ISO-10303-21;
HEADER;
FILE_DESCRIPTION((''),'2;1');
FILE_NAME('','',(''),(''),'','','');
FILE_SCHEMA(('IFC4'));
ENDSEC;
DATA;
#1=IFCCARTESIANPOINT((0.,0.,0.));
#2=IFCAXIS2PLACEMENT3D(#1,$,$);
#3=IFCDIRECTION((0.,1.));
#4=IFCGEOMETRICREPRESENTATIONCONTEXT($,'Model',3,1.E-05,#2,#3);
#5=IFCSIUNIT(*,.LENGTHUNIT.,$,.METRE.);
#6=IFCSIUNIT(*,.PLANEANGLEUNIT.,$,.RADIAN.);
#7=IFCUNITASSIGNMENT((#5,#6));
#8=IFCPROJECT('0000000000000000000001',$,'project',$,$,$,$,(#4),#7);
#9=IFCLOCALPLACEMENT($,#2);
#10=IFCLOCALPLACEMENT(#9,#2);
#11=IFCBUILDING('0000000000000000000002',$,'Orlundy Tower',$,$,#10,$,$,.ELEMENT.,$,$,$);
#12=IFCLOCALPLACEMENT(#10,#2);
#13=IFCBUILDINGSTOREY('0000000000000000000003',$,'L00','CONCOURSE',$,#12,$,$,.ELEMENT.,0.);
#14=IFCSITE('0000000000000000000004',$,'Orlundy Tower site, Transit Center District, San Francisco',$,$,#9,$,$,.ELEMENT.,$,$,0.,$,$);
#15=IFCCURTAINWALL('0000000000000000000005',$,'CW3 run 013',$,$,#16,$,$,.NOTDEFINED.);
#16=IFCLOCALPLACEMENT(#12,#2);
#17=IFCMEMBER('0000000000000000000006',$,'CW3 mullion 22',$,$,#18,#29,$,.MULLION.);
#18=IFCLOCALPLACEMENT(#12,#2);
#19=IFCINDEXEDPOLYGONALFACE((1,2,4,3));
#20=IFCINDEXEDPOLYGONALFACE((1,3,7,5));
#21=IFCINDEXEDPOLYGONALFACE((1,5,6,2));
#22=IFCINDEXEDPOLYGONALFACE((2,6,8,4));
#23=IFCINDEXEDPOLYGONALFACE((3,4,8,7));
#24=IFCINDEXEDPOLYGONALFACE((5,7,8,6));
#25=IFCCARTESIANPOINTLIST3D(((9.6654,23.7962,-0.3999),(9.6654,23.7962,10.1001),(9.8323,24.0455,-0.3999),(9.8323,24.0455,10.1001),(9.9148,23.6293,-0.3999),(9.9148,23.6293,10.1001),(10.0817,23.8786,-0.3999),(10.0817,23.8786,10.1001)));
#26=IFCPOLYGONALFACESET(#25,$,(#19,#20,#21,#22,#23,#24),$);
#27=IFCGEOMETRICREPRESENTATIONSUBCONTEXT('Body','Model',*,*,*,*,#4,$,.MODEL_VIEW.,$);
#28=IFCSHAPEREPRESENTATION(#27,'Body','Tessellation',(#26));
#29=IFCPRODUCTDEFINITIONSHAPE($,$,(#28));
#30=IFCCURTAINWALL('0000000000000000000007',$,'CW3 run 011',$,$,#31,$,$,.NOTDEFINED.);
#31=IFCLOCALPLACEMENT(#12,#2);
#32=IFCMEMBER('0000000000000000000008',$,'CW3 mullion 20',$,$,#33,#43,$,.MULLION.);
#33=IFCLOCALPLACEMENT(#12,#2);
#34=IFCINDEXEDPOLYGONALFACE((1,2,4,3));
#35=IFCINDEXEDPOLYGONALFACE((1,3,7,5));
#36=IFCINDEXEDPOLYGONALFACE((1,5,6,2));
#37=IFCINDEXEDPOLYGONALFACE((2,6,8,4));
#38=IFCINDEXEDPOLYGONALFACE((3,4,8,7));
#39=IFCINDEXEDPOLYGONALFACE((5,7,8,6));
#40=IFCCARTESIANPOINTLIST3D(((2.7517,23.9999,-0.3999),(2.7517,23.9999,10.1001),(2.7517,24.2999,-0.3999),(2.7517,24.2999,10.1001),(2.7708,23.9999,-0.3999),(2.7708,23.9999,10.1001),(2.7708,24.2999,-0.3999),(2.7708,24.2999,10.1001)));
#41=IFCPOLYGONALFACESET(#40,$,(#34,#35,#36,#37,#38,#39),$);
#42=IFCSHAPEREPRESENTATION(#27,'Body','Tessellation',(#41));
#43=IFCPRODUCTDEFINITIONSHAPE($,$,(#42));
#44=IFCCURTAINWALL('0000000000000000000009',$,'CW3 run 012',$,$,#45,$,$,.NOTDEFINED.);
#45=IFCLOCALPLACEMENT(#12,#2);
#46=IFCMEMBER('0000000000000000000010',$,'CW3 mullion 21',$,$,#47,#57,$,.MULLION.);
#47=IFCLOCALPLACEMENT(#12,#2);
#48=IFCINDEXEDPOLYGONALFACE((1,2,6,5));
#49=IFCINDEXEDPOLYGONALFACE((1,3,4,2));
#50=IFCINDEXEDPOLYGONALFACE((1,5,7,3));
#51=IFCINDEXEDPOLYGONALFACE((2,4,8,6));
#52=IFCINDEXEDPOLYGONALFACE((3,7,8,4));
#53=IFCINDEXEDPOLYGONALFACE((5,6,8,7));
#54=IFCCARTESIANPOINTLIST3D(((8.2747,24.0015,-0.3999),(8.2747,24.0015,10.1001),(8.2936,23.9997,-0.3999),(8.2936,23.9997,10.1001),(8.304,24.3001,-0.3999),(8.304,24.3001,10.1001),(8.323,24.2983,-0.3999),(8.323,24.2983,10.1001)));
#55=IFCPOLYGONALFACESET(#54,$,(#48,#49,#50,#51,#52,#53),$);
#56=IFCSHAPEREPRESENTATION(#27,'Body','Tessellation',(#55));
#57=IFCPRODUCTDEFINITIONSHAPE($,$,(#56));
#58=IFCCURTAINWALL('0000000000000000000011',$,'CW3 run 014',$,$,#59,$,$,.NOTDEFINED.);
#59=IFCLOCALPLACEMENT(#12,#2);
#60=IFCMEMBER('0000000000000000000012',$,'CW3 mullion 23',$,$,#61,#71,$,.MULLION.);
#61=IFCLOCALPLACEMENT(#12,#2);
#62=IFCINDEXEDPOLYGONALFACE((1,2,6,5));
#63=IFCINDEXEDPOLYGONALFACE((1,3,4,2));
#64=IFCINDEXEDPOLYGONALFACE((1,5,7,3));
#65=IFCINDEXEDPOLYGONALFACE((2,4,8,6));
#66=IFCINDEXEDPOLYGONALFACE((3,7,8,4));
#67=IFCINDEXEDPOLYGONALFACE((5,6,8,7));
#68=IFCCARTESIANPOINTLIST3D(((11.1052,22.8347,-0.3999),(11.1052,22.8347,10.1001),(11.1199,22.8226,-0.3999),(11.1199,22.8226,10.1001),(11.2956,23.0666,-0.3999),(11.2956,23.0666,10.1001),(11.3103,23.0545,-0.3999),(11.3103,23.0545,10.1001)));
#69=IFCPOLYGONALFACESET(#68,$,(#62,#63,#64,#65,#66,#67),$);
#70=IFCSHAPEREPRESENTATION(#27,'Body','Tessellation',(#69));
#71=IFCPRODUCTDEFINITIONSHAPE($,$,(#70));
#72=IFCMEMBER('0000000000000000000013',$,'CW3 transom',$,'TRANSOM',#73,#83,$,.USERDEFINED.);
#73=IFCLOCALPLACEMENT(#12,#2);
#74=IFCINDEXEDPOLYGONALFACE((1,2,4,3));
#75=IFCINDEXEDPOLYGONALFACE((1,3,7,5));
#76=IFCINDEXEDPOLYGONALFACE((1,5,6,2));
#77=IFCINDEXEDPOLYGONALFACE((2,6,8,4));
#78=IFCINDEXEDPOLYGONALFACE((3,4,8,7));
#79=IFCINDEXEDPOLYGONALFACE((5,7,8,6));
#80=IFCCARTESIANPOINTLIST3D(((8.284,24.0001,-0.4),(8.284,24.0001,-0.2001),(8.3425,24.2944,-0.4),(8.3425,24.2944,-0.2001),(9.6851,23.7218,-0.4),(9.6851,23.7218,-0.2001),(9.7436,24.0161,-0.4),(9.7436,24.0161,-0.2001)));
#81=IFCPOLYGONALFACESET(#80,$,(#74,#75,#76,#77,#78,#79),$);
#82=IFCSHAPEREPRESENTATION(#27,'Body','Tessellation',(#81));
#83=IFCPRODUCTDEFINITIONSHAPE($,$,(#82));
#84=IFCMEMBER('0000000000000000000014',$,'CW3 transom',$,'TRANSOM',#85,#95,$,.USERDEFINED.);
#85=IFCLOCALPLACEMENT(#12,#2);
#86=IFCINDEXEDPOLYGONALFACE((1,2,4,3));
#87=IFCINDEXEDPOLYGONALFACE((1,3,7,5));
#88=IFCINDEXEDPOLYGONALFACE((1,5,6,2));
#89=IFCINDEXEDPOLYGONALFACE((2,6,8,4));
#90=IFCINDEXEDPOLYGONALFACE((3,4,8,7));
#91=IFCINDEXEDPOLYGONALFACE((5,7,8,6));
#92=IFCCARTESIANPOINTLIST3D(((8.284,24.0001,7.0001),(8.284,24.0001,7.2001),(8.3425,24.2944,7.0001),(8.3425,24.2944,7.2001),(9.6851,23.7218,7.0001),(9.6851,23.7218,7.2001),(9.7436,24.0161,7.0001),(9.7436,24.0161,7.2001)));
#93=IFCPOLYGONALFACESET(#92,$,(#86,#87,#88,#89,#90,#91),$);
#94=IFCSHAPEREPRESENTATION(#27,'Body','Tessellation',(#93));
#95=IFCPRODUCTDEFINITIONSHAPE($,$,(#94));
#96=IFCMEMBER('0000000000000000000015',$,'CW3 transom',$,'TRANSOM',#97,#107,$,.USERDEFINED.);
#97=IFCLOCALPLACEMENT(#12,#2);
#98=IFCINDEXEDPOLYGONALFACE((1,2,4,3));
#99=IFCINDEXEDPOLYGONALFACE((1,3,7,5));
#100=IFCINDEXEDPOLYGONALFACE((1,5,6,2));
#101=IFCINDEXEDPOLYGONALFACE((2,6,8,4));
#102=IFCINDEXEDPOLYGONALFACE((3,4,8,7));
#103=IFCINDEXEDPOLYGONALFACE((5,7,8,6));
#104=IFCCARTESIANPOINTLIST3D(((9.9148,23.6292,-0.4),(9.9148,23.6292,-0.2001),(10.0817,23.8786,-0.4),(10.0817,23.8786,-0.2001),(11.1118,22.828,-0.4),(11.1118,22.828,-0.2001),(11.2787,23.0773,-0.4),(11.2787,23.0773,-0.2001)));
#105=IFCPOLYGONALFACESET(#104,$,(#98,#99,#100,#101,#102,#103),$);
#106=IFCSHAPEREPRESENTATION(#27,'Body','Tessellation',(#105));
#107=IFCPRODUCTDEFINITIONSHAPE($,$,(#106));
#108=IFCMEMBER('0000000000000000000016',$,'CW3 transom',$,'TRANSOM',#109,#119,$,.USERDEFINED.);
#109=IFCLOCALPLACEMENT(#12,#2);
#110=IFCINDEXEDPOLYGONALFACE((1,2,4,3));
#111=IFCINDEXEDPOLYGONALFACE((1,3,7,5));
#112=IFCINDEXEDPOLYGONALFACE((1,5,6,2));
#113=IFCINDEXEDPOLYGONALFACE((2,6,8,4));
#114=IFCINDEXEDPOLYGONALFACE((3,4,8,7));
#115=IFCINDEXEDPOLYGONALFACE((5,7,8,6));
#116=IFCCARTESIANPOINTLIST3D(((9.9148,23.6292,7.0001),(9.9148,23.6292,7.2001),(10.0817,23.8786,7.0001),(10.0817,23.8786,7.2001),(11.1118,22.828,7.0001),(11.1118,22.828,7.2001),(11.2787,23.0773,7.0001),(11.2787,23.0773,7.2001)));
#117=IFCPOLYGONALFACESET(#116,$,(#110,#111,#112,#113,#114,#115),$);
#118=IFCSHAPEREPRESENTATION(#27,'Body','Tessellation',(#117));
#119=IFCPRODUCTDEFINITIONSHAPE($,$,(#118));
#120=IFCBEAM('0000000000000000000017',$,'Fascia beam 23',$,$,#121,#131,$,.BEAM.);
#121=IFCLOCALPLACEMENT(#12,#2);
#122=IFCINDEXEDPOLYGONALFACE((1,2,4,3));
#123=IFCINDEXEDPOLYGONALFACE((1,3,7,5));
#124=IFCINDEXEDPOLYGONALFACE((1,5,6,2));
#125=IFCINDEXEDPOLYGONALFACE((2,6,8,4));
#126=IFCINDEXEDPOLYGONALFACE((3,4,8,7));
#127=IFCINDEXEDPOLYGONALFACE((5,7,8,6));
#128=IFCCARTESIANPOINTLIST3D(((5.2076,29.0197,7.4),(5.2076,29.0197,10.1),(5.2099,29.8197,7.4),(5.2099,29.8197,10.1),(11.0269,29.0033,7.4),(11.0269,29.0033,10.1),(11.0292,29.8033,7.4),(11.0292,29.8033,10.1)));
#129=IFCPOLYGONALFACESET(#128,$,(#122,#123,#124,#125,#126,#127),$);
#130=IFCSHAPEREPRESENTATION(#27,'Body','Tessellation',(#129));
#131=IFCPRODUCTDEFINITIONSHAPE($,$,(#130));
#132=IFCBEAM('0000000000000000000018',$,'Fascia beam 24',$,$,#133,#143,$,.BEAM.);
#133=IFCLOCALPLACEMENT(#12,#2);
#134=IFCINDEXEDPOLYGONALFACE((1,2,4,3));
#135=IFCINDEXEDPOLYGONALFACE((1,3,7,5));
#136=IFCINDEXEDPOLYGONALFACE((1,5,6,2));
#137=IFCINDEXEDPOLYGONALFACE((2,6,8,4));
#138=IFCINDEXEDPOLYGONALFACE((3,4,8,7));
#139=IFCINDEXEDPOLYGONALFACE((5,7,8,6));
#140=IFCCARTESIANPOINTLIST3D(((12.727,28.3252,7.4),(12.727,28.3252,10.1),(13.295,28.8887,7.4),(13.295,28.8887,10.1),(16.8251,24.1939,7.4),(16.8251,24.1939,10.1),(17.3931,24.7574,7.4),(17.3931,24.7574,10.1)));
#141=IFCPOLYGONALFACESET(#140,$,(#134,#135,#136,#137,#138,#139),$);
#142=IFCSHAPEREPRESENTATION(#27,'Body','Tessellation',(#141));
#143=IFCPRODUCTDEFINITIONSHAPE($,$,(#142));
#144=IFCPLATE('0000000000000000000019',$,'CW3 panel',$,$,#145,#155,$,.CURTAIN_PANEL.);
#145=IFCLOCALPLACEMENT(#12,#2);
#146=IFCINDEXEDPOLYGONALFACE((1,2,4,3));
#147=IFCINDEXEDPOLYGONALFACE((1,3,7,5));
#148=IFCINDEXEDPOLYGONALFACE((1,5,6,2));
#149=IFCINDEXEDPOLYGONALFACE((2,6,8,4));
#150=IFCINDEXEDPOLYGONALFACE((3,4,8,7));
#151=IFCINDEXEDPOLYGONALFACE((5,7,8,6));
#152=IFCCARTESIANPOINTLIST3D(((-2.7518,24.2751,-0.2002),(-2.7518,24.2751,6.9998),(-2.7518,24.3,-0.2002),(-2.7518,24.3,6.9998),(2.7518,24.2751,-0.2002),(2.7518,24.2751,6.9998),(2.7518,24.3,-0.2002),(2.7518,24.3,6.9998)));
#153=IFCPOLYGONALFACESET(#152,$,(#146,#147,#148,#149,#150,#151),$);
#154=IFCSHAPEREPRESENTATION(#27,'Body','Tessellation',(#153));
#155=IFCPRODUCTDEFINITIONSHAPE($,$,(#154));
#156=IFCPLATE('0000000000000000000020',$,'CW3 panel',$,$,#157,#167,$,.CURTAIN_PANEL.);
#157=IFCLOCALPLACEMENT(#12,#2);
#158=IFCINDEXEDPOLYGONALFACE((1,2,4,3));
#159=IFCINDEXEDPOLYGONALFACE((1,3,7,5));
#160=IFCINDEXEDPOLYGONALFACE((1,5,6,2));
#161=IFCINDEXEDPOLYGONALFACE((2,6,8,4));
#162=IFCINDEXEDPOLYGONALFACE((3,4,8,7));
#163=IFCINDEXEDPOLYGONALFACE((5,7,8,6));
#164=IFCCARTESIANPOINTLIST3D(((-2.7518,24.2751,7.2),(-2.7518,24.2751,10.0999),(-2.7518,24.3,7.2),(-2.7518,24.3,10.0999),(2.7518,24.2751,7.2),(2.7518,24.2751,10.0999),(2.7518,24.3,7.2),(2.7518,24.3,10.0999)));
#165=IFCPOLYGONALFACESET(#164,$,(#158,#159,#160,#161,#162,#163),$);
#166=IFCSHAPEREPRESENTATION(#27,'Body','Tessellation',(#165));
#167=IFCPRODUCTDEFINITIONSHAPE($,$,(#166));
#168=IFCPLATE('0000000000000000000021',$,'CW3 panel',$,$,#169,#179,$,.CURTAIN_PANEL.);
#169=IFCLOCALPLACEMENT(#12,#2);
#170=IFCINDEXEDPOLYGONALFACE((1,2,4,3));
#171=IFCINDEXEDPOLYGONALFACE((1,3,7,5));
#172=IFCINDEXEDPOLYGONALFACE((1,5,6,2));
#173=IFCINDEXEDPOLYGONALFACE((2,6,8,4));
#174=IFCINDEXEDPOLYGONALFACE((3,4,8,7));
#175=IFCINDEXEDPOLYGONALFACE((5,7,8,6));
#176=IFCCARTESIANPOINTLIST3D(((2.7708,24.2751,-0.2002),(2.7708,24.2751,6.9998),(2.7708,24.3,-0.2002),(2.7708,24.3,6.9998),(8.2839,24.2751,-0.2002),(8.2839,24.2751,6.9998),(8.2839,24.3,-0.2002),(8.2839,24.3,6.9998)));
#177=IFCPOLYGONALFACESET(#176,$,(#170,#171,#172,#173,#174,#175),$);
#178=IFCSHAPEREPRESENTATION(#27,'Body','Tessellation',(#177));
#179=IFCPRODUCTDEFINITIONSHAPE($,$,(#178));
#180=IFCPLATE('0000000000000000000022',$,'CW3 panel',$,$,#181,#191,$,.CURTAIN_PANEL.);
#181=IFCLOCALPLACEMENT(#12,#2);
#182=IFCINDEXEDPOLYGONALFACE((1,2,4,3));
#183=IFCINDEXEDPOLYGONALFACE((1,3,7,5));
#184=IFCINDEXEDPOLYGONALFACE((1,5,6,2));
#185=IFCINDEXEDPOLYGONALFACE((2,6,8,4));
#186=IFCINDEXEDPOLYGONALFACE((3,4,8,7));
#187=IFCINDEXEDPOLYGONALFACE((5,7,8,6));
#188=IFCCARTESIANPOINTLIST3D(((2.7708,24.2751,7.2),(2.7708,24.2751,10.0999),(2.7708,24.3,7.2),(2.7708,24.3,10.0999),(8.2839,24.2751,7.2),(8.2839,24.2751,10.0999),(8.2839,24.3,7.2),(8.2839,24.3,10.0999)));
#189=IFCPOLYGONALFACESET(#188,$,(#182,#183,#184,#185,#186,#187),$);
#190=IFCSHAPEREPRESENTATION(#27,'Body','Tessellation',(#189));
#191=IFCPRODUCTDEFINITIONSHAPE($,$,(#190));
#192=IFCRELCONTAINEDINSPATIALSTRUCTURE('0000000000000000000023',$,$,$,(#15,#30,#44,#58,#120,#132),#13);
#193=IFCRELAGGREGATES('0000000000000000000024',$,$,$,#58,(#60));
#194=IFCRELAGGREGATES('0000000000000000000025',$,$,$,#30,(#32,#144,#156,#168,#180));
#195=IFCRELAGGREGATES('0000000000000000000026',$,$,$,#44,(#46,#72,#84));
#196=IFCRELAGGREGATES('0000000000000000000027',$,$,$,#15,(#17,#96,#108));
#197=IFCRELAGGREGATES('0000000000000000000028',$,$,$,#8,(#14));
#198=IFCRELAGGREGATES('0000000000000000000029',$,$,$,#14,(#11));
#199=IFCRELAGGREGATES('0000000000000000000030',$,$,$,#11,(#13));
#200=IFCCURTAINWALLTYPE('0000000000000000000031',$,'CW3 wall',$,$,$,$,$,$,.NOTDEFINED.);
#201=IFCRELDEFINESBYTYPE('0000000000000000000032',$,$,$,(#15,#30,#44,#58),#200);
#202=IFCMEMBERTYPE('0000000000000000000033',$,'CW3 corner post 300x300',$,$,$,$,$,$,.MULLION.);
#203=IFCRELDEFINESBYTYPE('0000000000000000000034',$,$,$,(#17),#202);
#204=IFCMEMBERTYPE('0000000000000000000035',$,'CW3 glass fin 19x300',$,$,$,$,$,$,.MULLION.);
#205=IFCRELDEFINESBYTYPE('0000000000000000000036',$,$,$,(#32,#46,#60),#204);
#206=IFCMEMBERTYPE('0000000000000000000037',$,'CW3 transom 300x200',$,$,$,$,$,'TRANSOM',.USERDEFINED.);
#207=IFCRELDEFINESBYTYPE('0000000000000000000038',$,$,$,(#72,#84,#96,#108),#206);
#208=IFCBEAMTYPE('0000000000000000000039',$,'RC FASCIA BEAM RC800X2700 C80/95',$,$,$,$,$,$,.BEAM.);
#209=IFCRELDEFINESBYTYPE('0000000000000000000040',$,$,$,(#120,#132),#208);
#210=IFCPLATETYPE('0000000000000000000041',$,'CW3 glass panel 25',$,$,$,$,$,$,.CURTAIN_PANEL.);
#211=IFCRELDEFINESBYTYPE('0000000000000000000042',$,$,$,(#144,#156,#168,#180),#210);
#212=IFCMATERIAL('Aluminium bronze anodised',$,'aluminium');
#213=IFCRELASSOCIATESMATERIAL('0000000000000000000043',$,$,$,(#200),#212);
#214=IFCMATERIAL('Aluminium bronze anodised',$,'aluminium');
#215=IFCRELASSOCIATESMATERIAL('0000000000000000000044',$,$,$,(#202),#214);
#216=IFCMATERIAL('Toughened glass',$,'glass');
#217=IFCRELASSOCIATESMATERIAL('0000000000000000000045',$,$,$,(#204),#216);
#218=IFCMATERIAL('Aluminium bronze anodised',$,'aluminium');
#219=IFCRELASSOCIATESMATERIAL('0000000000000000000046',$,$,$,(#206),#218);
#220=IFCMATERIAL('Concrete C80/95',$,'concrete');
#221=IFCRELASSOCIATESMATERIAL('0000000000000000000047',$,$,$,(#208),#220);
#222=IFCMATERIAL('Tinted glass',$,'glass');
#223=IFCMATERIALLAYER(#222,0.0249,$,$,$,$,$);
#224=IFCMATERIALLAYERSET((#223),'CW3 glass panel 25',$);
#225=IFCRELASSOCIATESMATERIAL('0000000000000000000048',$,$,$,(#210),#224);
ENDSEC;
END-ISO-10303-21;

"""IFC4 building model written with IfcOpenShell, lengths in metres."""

from ifc_helpers import new_model, si_unit, direction, frame, origin, origin_2d, place, context, subcontext, project, spatial, rectangle, extrude, material, layer, layer_set, material_profile, profile_set, type_object, element, aggregate, save


model = new_model("IFC4")

# Units and contexts
model_context = context("Model", 3, precision=1e-05, world=origin(), true_north=direction((0.0, 1.0)))
body_context = subcontext(model_context, "Body", "Model", "MODEL_VIEW")
ifc_project = project(units=[si_unit("LENGTHUNIT", "METRE"), si_unit("PLANEANGLEUNIT", "RADIAN")], contexts=[model_context])

# Site, building, storey
site_placement = place(None, origin())
site = spatial("IfcSite", under=ifc_project, at=site_placement, Name="Orlundy Tower site, Transit Center District, San Francisco", CompositionType="ELEMENT", RefElevation=0.0)
building_placement = place(site_placement, origin())
building = spatial("IfcBuilding", under=site, at=building_placement, Name="Orlundy Tower", CompositionType="ELEMENT")
storey_placement = place(building_placement, origin())
storey = spatial("IfcBuildingStorey", under=building, at=storey_placement, Name="L00", Description="CONCOURSE", CompositionType="ELEMENT", Elevation=0.0)

# Curtain walls, members
ifc_material_1 = material(Name="Aluminium bronze anodised", Category="aluminium")
curtain_wall_type = type_object("IfcCurtainWallType", Name="CW3 wall", PredefinedType="NOTDEFINED", material=ifc_material_1)
curtain_wall_1_placement = place(storey_placement, origin())
curtain_wall_1 = element("IfcCurtainWall", 1, at=curtain_wall_1_placement, inside=storey, type_object=curtain_wall_type, Name="CW3 run 013", PredefinedType="NOTDEFINED")
ifc_material_2 = material(Name="Aluminium bronze anodised", Category="aluminium")
ifc_material_profile_1 = material_profile(ifc_material_2, rectangle(XDim=0.3, YDim=0.3, at=origin_2d()), Name="CW3 corner post 300x300")
ifc_profile_set_1 = profile_set([ifc_material_profile_1], Name="Aluminium bronze anodised")
member_type_1 = type_object("IfcMemberType", Name="CW3 corner post 300x300", PredefinedType="MULLION", material=ifc_profile_set_1)
member_1_placement = place(storey_placement, frame((9.8735, 23.8374, -0.3999), z_axis=(0.0, 0.0, 1.0), x_axis=(0.556178, 0.831063, 0.0)))
member_1 = element("IfcMember", 2, at=member_1_placement, type_object=member_type_1, Name="CW3 mullion 22", PredefinedType="MULLION", context=body_context, shape_type="SweptSolid", body=[
    extrude(rectangle(XDim=0.3, YDim=0.3, at=origin_2d()), origin(), (0.0, 0.0, 1.0), 10.5),
])
curtain_wall_2_placement = place(storey_placement, origin())
curtain_wall_2 = element("IfcCurtainWall", 3, at=curtain_wall_2_placement, inside=storey, type_object=curtain_wall_type, Name="CW3 run 011", PredefinedType="NOTDEFINED")
ifc_material_3 = material(Name="Toughened glass", Category="glass")
ifc_material_profile_2 = material_profile(ifc_material_3, rectangle(XDim=0.3, YDim=0.019, at=origin_2d()), Name="CW3 glass fin 19x300")
ifc_profile_set_2 = profile_set([ifc_material_profile_2], Name="Toughened glass")
member_type_2 = type_object("IfcMemberType", Name="CW3 glass fin 19x300", PredefinedType="MULLION", material=ifc_profile_set_2)
member_2_placement = place(storey_placement, frame((2.7612, 24.1499, -0.3999), z_axis=(0.0, 0.0, 1.0), x_axis=(0.0, 1.0, 0.0)))
member_2 = element("IfcMember", 4, at=member_2_placement, type_object=member_type_2, Name="CW3 mullion 20", PredefinedType="MULLION", context=body_context, shape_type="SweptSolid", body=[
    extrude(rectangle(XDim=0.3, YDim=0.019, at=origin_2d()), origin(), (0.0, 0.0, 1.0), 10.5),
])
curtain_wall_3_placement = place(storey_placement, origin())
curtain_wall_3 = element("IfcCurtainWall", 5, at=curtain_wall_3_placement, inside=storey, type_object=curtain_wall_type, Name="CW3 run 012", PredefinedType="NOTDEFINED")
member_3_placement = place(storey_placement, frame((8.2988, 24.1499, -0.3999), z_axis=(0.0, 0.0, 1.0), x_axis=(0.09785, 0.995201, 0.0)))
member_3 = element("IfcMember", 6, at=member_3_placement, type_object=member_type_2, Name="CW3 mullion 21", PredefinedType="MULLION", context=body_context, shape_type="SweptSolid", body=[
    extrude(rectangle(XDim=0.3, YDim=0.019, at=origin_2d()), origin(), (0.0, 0.0, 1.0), 10.5),
])
curtain_wall_4_placement = place(storey_placement, origin())
curtain_wall_4 = element("IfcCurtainWall", 7, at=curtain_wall_4_placement, inside=storey, type_object=curtain_wall_type, Name="CW3 run 014", PredefinedType="NOTDEFINED")
member_4_placement = place(storey_placement, frame((11.2078, 22.9446, -0.3999), z_axis=(0.0, 0.0, 1.0), x_axis=(0.634676, 0.772778, 0.0)))
member_4 = element("IfcMember", 8, at=member_4_placement, type_object=member_type_2, Name="CW3 mullion 23", PredefinedType="MULLION", context=body_context, shape_type="SweptSolid", body=[
    extrude(rectangle(XDim=0.3, YDim=0.019, at=origin_2d()), origin(), (0.0, 0.0, 1.0), 10.5),
])
aggregate(curtain_wall_4, [member_4])

# Members
ifc_material_4 = material(Name="Aluminium bronze anodised", Category="aluminium")
ifc_material_profile_3 = material_profile(ifc_material_4, rectangle(XDim=0.3, YDim=0.2, at=origin_2d()), Name="CW3 transom 300x200")
ifc_profile_set_3 = profile_set([ifc_material_profile_3], Name="Aluminium bronze anodised")
member_type_3 = type_object("IfcMemberType", Name="CW3 transom 300x200", ElementType="TRANSOM", PredefinedType="USERDEFINED", material=ifc_profile_set_3)
member_5_placement = place(storey_placement, frame((8.3132, 24.1472, -0.3), z_axis=(0.980836, -0.194834, 0.0), x_axis=(0.194834, 0.980836, 0.0)))
member_5 = element("IfcMember", 9, at=member_5_placement, type_object=member_type_3, Name="CW3 transom", ObjectType="TRANSOM", PredefinedType="USERDEFINED", context=body_context, shape_type="SweptSolid", body=[
    extrude(rectangle(XDim=0.3, YDim=0.2, at=origin_2d()), origin(), (0.0, 0.0, 1.0), 1.4285),
])
member_6_placement = place(storey_placement, frame((8.3132, 24.1472, 7.1001), z_axis=(0.980836, -0.194834, 0.0), x_axis=(0.194834, 0.980836, 0.0)))
member_6 = element("IfcMember", 10, at=member_6_placement, type_object=member_type_3, Name="CW3 transom", ObjectType="TRANSOM", PredefinedType="USERDEFINED", context=body_context, shape_type="SweptSolid", body=[
    extrude(rectangle(XDim=0.3, YDim=0.2, at=origin_2d()), origin(), (0.0, 0.0, 1.0), 1.4285),
])
member_7_placement = place(storey_placement, frame((9.9983, 23.7539, -0.3), z_axis=(0.831006, -0.556264, 0.0), x_axis=(0.556264, 0.831006, 0.0)))
member_7 = element("IfcMember", 11, at=member_7_placement, type_object=member_type_3, Name="CW3 transom", ObjectType="TRANSOM", PredefinedType="USERDEFINED", context=body_context, shape_type="SweptSolid", body=[
    extrude(rectangle(XDim=0.3, YDim=0.2, at=origin_2d()), origin(), (0.0, 0.0, 1.0), 1.4404),
])
member_8_placement = place(storey_placement, frame((9.9983, 23.7539, 7.1001), z_axis=(0.831006, -0.556264, 0.0), x_axis=(0.556264, 0.831006, 0.0)))
member_8 = element("IfcMember", 12, at=member_8_placement, type_object=member_type_3, Name="CW3 transom", ObjectType="TRANSOM", PredefinedType="USERDEFINED", context=body_context, shape_type="SweptSolid", body=[
    extrude(rectangle(XDim=0.3, YDim=0.2, at=origin_2d()), origin(), (0.0, 0.0, 1.0), 1.4404),
])

# Beams
ifc_material_5 = material(Name="Concrete C80/95", Category="concrete")
ifc_material_profile_4 = material_profile(ifc_material_5, rectangle(XDim=0.8, YDim=2.7, at=origin_2d()), Name="RC800X2700")
ifc_profile_set_4 = profile_set([ifc_material_profile_4], Name="Concrete C80/95")
beam_type = type_object("IfcBeamType", Name="RC FASCIA BEAM RC800X2700 C80/95", PredefinedType="BEAM", material=ifc_profile_set_4)
beam_1_placement = place(storey_placement, frame((5.2087, 29.4197, 8.75), z_axis=(0.999996, -0.002811, 0.0), x_axis=(0.002811, 0.999996, 0.0)))
element("IfcBeam", 13, at=beam_1_placement, inside=storey, type_object=beam_type, Name="Fascia beam 23", PredefinedType="BEAM", context=body_context, shape_type="SweptSolid", body=[
    extrude(rectangle(XDim=0.8, YDim=2.7, at=origin_2d()), origin(), (0.0, 0.0, 1.0), 5.8193),
])
beam_2_placement = place(storey_placement, frame((13.011, 28.6069, 8.75), z_axis=(0.704248, -0.709954, 0.0), x_axis=(0.709954, 0.704248, 0.0)))
element("IfcBeam", 14, at=beam_2_placement, inside=storey, type_object=beam_type, Name="Fascia beam 24", PredefinedType="BEAM", context=body_context, shape_type="SweptSolid", body=[
    extrude(rectangle(XDim=0.8, YDim=2.7, at=origin_2d()), origin(), (0.0, 0.0, 1.0), 5.8191),
])

# Plates
ifc_material_6 = material(Name="Tinted glass", Category="glass")
ifc_layer = layer(ifc_material_6, 0.0249)
ifc_layer_set = layer_set([ifc_layer], Name="CW3 glass panel 25")
plate_type = type_object("IfcPlateType", Name="CW3 glass panel 25", PredefinedType="CURTAIN_PANEL", material=ifc_layer_set)
plate_1_placement = place(storey_placement, frame((0.0, 24.2876, -0.2002), z_axis=(0.0, 0.0, 1.0), x_axis=(1.0, 0.0, 0.0)))
plate_1 = element("IfcPlate", 15, at=plate_1_placement, type_object=plate_type, Name="CW3 panel", PredefinedType="CURTAIN_PANEL", context=body_context, shape_type="SweptSolid", body=[
    extrude(rectangle(XDim=5.5037, YDim=0.0249, at=origin_2d()), origin(), (0.0, 0.0, 1.0), 7.2),
])
plate_2_placement = place(storey_placement, frame((0.0, 24.2876, 7.2), z_axis=(0.0, 0.0, 1.0), x_axis=(1.0, 0.0, 0.0)))
plate_2 = element("IfcPlate", 16, at=plate_2_placement, type_object=plate_type, Name="CW3 panel", PredefinedType="CURTAIN_PANEL", context=body_context, shape_type="SweptSolid", body=[
    extrude(rectangle(XDim=5.5037, YDim=0.0249, at=origin_2d()), origin(), (0.0, 0.0, 1.0), 2.8999),
])
plate_3_placement = place(storey_placement, frame((5.5273, 24.2876, -0.2002), z_axis=(0.0, 0.0, 1.0), x_axis=(1.0, 0.0, 0.0)))
plate_3 = element("IfcPlate", 17, at=plate_3_placement, type_object=plate_type, Name="CW3 panel", PredefinedType="CURTAIN_PANEL", context=body_context, shape_type="SweptSolid", body=[
    extrude(rectangle(XDim=5.5132, YDim=0.0249, at=origin_2d()), origin(), (0.0, 0.0, 1.0), 7.2),
])
plate_4_placement = place(storey_placement, frame((5.5273, 24.2876, 7.2), z_axis=(0.0, 0.0, 1.0), x_axis=(1.0, 0.0, 0.0)))
plate_4 = element("IfcPlate", 18, at=plate_4_placement, type_object=plate_type, Name="CW3 panel", PredefinedType="CURTAIN_PANEL", context=body_context, shape_type="SweptSolid", body=[
    extrude(rectangle(XDim=5.5132, YDim=0.0249, at=origin_2d()), origin(), (0.0, 0.0, 1.0), 2.8999),
])
aggregate(curtain_wall_2, [member_2, plate_1, plate_2, plate_3, plate_4])
aggregate(curtain_wall_3, [member_3, member_5, member_6])
aggregate(curtain_wall_1, [member_1, member_7, member_8])

save(model, "model.ifc")
